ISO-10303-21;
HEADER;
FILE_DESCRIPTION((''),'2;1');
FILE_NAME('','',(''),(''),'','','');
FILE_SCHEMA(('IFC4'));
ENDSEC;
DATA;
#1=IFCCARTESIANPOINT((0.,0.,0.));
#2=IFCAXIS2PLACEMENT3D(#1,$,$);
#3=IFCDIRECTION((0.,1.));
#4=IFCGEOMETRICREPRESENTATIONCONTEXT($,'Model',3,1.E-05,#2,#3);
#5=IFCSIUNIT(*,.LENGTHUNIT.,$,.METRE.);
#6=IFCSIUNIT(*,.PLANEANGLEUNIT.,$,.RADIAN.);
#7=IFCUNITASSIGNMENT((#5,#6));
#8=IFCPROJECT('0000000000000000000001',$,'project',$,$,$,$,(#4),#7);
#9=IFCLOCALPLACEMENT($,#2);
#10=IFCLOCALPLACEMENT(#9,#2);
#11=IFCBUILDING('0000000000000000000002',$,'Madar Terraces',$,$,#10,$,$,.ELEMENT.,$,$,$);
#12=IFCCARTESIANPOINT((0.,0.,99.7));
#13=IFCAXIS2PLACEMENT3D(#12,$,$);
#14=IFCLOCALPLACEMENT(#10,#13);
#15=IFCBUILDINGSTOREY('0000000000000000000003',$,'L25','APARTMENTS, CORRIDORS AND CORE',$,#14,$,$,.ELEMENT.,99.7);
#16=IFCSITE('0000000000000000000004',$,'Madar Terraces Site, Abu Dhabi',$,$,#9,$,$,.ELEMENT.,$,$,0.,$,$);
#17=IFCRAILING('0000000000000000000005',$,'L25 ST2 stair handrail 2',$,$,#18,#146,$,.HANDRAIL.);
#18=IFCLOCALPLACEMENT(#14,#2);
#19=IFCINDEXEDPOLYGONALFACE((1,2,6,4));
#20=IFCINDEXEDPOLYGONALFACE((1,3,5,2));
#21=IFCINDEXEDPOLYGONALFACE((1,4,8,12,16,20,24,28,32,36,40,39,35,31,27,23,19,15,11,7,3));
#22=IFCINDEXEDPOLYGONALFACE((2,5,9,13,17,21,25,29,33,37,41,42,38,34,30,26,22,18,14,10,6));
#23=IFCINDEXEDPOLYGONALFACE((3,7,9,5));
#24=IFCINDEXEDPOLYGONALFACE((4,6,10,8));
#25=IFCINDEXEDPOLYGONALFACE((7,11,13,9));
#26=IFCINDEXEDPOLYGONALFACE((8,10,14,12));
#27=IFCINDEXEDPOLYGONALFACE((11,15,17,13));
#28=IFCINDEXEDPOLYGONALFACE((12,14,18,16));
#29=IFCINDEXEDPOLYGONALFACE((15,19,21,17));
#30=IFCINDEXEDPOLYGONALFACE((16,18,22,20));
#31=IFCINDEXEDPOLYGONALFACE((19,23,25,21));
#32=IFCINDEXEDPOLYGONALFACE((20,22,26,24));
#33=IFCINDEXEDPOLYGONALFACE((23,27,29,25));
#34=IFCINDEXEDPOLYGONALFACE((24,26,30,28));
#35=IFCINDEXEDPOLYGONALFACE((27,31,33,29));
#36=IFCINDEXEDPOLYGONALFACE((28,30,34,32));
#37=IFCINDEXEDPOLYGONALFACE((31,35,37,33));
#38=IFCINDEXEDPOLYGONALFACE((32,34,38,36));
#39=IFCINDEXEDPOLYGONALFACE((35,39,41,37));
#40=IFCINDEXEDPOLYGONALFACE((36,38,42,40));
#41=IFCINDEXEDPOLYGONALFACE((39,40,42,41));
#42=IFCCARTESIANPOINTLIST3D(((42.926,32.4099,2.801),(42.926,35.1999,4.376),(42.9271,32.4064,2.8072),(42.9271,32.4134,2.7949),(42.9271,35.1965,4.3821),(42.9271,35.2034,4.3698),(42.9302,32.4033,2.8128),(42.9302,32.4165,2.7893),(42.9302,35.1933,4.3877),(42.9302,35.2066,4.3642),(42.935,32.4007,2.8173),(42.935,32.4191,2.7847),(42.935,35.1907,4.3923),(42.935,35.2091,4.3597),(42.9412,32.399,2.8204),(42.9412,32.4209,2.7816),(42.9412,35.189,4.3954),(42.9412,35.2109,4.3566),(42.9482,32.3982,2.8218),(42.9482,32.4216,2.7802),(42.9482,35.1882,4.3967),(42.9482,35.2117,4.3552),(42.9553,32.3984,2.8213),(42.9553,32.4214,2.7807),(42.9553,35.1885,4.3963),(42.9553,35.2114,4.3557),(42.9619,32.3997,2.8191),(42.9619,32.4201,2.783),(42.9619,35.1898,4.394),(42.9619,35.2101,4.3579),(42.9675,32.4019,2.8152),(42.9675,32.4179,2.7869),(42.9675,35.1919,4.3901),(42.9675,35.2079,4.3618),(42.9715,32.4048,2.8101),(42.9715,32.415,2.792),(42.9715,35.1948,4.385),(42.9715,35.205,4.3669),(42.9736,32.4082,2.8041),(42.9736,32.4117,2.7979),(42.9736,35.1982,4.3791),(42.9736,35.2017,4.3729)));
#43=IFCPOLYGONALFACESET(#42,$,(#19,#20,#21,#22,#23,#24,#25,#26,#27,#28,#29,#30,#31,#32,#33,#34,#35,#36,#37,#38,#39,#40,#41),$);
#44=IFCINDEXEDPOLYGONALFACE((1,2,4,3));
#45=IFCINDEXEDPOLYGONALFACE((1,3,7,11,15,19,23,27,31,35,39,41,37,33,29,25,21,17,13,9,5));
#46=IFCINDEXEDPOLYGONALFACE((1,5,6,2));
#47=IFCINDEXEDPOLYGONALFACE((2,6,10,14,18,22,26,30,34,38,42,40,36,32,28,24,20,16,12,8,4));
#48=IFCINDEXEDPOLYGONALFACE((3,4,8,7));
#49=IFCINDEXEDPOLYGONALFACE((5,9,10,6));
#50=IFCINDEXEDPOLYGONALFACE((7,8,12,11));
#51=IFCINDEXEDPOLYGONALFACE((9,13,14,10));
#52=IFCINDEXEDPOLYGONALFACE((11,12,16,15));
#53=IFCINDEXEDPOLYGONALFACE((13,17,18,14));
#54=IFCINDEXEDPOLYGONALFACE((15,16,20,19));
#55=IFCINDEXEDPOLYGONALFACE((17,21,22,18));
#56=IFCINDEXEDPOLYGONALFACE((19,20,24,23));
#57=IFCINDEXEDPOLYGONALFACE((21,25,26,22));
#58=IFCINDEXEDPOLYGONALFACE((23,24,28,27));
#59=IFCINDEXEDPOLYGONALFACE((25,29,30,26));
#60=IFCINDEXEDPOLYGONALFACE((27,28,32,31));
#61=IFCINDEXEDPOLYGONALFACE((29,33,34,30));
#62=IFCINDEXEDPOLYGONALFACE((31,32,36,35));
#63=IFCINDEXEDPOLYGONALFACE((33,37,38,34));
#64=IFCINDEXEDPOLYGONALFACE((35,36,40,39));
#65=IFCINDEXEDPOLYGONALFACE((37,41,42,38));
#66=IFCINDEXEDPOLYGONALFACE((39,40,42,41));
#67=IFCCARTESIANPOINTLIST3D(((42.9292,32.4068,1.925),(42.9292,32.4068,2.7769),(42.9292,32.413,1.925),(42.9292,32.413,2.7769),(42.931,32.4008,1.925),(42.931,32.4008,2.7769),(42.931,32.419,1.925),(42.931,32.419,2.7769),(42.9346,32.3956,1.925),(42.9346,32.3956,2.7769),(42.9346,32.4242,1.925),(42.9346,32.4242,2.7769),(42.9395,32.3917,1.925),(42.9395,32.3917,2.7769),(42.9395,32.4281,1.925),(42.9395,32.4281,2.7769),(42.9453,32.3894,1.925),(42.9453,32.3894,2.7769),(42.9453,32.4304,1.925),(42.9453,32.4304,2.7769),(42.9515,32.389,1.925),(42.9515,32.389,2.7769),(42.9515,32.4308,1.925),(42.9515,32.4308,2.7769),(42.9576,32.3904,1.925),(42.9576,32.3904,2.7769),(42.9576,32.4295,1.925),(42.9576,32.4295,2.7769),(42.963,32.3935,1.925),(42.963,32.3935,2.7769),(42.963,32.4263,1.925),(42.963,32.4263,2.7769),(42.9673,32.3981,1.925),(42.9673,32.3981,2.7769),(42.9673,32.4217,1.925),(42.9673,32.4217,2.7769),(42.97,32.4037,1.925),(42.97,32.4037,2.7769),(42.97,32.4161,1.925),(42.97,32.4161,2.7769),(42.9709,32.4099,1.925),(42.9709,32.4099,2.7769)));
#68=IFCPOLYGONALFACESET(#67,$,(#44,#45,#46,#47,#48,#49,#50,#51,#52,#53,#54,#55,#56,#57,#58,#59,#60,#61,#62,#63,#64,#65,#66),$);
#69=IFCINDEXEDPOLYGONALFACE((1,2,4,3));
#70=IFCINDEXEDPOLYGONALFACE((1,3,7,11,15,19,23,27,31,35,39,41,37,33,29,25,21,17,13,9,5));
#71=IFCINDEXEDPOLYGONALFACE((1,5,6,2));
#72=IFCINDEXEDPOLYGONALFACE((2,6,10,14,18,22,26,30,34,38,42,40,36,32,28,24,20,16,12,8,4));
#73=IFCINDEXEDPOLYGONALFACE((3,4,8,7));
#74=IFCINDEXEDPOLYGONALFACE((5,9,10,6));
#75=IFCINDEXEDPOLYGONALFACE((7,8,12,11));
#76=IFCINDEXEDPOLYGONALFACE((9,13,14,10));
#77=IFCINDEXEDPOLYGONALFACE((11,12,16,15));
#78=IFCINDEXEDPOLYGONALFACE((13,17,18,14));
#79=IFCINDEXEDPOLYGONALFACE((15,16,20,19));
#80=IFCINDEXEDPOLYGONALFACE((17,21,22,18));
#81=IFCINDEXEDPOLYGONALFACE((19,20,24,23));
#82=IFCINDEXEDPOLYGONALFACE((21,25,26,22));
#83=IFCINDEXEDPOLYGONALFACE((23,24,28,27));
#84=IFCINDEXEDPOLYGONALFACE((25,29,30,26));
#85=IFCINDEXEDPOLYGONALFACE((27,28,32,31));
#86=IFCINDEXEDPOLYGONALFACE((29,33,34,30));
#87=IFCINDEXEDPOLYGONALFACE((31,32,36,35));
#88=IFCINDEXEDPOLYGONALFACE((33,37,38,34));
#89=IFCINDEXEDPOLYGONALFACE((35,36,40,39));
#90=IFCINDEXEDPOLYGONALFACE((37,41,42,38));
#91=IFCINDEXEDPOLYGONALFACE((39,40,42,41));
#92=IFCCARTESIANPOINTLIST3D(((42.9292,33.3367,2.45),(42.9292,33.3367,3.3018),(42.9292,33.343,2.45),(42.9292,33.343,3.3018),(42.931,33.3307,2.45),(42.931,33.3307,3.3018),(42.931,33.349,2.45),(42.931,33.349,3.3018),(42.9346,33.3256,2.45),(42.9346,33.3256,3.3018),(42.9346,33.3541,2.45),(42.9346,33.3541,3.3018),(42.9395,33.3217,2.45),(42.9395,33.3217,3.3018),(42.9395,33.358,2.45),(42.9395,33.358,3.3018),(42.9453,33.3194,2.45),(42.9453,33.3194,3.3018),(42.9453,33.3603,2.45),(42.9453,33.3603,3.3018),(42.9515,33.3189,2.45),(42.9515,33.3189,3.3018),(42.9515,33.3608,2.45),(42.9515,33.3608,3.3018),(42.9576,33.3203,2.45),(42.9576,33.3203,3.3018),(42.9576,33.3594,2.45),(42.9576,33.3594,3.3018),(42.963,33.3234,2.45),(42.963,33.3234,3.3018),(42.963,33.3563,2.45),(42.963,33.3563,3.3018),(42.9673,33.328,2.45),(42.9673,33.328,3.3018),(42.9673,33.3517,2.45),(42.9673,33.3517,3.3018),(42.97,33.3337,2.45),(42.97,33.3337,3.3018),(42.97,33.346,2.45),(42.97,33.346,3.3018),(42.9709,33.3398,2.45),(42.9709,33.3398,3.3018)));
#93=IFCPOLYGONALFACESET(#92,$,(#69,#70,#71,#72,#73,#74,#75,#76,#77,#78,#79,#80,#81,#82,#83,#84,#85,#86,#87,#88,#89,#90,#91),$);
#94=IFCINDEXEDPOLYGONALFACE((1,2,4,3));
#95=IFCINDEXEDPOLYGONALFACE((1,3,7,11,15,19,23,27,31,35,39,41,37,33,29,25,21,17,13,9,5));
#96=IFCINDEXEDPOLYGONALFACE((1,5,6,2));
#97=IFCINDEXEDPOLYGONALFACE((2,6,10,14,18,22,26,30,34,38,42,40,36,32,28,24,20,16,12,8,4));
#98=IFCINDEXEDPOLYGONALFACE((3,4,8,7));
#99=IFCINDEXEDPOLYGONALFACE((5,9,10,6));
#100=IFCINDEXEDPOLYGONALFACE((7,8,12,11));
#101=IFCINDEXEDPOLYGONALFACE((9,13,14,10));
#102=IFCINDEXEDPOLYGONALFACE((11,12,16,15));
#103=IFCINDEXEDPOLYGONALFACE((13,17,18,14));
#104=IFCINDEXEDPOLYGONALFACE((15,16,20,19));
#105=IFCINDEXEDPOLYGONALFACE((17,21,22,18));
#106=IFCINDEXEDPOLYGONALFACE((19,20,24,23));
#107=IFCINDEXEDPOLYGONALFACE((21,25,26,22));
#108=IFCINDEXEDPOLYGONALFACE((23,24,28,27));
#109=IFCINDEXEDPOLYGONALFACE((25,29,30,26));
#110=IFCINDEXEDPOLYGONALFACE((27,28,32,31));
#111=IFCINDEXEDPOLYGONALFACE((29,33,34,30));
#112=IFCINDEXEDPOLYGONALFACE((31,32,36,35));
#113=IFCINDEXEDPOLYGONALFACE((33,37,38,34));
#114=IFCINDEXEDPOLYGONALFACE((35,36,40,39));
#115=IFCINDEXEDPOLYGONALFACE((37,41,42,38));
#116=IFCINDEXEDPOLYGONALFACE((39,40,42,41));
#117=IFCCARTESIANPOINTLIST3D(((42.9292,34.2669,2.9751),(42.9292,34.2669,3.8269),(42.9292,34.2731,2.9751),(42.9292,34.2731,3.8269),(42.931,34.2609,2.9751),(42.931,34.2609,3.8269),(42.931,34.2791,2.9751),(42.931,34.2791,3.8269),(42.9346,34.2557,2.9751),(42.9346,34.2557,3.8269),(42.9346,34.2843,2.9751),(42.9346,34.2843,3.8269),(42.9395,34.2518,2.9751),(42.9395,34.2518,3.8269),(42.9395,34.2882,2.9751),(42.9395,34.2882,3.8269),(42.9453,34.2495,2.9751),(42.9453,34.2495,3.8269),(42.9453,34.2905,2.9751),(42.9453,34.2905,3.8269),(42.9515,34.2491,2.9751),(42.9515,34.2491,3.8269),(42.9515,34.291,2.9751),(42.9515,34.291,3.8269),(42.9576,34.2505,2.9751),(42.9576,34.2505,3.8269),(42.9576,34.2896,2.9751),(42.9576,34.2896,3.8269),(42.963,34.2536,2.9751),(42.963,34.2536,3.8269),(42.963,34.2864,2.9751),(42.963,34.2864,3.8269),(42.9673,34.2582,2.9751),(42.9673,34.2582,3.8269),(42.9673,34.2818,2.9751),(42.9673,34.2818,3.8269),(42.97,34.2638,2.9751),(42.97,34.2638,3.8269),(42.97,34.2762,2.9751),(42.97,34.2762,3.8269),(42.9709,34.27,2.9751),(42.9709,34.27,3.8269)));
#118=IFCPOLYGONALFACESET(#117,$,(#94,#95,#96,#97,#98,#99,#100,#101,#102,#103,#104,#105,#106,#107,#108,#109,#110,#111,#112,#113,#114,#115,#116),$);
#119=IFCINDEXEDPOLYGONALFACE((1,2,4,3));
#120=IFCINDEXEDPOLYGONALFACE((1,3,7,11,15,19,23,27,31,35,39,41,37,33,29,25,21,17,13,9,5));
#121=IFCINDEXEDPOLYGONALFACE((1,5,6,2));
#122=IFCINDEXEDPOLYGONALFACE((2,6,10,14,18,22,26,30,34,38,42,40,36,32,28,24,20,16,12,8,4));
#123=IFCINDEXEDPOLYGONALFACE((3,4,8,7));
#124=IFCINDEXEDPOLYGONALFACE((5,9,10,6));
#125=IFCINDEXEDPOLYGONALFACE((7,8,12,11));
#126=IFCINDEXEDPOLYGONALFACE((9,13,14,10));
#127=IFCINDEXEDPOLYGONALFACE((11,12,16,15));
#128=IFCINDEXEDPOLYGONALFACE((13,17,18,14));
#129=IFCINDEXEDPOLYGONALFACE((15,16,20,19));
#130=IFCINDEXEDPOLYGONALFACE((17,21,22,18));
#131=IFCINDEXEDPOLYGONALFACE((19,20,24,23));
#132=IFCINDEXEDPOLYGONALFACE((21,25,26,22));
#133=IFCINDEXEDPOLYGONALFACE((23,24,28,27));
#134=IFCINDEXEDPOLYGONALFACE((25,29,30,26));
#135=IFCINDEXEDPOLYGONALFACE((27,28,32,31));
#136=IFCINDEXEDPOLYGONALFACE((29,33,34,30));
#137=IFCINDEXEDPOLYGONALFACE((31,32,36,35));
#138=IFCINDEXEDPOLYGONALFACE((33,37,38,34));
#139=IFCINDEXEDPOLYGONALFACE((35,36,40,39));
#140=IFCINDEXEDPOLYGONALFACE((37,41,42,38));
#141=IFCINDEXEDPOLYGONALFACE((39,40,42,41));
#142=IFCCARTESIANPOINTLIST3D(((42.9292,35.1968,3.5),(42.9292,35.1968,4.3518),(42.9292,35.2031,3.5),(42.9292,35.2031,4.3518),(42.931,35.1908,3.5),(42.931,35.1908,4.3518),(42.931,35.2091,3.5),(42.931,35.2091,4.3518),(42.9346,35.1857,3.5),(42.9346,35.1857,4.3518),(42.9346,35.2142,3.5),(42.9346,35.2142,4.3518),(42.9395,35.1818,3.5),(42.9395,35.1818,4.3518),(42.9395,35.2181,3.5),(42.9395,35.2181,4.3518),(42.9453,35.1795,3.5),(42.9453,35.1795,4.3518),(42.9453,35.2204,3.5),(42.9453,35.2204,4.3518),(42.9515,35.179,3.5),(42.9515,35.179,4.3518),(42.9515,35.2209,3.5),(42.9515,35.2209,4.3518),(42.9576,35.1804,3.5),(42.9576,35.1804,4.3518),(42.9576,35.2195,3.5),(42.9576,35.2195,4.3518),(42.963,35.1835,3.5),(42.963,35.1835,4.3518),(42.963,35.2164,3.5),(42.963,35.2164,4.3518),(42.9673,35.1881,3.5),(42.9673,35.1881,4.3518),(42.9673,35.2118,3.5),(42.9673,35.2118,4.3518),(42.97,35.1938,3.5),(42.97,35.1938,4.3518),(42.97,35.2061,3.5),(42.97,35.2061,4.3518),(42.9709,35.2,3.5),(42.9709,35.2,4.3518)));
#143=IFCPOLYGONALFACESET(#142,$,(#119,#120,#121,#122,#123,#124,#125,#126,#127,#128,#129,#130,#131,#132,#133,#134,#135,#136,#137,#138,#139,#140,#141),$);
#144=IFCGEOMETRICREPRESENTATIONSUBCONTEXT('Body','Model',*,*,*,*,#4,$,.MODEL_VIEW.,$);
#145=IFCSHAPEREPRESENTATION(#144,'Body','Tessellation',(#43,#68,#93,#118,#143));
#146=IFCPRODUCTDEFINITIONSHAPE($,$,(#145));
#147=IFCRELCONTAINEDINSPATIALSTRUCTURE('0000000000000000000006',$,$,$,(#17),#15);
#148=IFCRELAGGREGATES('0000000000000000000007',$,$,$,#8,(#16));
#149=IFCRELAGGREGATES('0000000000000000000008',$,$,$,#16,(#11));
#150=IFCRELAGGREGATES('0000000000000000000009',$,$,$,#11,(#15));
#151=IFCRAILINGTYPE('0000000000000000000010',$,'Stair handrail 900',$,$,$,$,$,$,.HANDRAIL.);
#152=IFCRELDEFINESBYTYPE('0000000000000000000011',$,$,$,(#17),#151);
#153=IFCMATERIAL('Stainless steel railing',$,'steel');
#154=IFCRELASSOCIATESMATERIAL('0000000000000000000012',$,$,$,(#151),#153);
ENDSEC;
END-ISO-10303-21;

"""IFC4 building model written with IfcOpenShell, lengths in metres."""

from ifc_helpers import new_model, si_unit, direction, frame, origin, origin_2d, place, context, subcontext, project, spatial, circle, extrude, material, type_object, element, save


model = new_model("IFC4")

# Units and contexts
model_context = context("Model", 3, precision=1e-05, world=origin(), true_north=direction((0.0, 1.0)))
body_context = subcontext(model_context, "Body", "Model", "MODEL_VIEW")
ifc_project = project(units=[si_unit("LENGTHUNIT", "METRE"), si_unit("PLANEANGLEUNIT", "RADIAN")], contexts=[model_context])

# Site, building, storey
site_placement = place(None, origin())
site = spatial("IfcSite", under=ifc_project, at=site_placement, Name="Madar Terraces Site, Abu Dhabi", CompositionType="ELEMENT", RefElevation=0.0)
building_placement = place(site_placement, origin())
building = spatial("IfcBuilding", under=site, at=building_placement, Name="Madar Terraces", CompositionType="ELEMENT")
storey_placement = place(building_placement, frame((0.0, 0.0, 99.7)))
storey = spatial("IfcBuildingStorey", under=building, at=storey_placement, Name="L25", Description="APARTMENTS, CORRIDORS AND CORE", CompositionType="ELEMENT", Elevation=99.7)

# Railing
ifc_material_1 = material(Name="Stainless steel railing", Category="steel")
railing_type_1 = type_object("IfcRailingType", Name="Stair handrail 900", PredefinedType="HANDRAIL", material=ifc_material_1)
railing_1_placement = place(storey_placement, frame((42.95, 32.4099, 1.925)))
element("IfcRailing", 1, at=railing_1_placement, inside=storey, type_object=railing_type_1, Name="L25 ST2 stair handrail 2", PredefinedType="HANDRAIL", context=body_context, shape_type="SweptSolid", body=[
    extrude(circle(Radius=0.0239, at=origin_2d()), frame((0.0, 0.0, 0.876), z_axis=(0.0, 0.870834, 0.491578), x_axis=(-1.0, 0.0, 0.0)), (0.0, 0.0, 1.0), 3.2039),
    extrude(circle(Radius=0.021, at=origin_2d()), origin(), (0.0, 0.0, 1.0), 0.8518),
    extrude(circle(Radius=0.021, at=origin_2d()), frame((0.0, 0.9299, 0.5249)), (0.0, 0.0, 1.0), 0.8518),
    extrude(circle(Radius=0.021, at=origin_2d()), frame((0.0, 1.8601, 1.05)), (0.0, 0.0, 1.0), 0.8518),
    extrude(circle(Radius=0.021, at=origin_2d()), frame((0.0, 2.79, 1.575)), (0.0, 0.0, 1.0), 0.8518),
])

save(model, "model.ifc")
